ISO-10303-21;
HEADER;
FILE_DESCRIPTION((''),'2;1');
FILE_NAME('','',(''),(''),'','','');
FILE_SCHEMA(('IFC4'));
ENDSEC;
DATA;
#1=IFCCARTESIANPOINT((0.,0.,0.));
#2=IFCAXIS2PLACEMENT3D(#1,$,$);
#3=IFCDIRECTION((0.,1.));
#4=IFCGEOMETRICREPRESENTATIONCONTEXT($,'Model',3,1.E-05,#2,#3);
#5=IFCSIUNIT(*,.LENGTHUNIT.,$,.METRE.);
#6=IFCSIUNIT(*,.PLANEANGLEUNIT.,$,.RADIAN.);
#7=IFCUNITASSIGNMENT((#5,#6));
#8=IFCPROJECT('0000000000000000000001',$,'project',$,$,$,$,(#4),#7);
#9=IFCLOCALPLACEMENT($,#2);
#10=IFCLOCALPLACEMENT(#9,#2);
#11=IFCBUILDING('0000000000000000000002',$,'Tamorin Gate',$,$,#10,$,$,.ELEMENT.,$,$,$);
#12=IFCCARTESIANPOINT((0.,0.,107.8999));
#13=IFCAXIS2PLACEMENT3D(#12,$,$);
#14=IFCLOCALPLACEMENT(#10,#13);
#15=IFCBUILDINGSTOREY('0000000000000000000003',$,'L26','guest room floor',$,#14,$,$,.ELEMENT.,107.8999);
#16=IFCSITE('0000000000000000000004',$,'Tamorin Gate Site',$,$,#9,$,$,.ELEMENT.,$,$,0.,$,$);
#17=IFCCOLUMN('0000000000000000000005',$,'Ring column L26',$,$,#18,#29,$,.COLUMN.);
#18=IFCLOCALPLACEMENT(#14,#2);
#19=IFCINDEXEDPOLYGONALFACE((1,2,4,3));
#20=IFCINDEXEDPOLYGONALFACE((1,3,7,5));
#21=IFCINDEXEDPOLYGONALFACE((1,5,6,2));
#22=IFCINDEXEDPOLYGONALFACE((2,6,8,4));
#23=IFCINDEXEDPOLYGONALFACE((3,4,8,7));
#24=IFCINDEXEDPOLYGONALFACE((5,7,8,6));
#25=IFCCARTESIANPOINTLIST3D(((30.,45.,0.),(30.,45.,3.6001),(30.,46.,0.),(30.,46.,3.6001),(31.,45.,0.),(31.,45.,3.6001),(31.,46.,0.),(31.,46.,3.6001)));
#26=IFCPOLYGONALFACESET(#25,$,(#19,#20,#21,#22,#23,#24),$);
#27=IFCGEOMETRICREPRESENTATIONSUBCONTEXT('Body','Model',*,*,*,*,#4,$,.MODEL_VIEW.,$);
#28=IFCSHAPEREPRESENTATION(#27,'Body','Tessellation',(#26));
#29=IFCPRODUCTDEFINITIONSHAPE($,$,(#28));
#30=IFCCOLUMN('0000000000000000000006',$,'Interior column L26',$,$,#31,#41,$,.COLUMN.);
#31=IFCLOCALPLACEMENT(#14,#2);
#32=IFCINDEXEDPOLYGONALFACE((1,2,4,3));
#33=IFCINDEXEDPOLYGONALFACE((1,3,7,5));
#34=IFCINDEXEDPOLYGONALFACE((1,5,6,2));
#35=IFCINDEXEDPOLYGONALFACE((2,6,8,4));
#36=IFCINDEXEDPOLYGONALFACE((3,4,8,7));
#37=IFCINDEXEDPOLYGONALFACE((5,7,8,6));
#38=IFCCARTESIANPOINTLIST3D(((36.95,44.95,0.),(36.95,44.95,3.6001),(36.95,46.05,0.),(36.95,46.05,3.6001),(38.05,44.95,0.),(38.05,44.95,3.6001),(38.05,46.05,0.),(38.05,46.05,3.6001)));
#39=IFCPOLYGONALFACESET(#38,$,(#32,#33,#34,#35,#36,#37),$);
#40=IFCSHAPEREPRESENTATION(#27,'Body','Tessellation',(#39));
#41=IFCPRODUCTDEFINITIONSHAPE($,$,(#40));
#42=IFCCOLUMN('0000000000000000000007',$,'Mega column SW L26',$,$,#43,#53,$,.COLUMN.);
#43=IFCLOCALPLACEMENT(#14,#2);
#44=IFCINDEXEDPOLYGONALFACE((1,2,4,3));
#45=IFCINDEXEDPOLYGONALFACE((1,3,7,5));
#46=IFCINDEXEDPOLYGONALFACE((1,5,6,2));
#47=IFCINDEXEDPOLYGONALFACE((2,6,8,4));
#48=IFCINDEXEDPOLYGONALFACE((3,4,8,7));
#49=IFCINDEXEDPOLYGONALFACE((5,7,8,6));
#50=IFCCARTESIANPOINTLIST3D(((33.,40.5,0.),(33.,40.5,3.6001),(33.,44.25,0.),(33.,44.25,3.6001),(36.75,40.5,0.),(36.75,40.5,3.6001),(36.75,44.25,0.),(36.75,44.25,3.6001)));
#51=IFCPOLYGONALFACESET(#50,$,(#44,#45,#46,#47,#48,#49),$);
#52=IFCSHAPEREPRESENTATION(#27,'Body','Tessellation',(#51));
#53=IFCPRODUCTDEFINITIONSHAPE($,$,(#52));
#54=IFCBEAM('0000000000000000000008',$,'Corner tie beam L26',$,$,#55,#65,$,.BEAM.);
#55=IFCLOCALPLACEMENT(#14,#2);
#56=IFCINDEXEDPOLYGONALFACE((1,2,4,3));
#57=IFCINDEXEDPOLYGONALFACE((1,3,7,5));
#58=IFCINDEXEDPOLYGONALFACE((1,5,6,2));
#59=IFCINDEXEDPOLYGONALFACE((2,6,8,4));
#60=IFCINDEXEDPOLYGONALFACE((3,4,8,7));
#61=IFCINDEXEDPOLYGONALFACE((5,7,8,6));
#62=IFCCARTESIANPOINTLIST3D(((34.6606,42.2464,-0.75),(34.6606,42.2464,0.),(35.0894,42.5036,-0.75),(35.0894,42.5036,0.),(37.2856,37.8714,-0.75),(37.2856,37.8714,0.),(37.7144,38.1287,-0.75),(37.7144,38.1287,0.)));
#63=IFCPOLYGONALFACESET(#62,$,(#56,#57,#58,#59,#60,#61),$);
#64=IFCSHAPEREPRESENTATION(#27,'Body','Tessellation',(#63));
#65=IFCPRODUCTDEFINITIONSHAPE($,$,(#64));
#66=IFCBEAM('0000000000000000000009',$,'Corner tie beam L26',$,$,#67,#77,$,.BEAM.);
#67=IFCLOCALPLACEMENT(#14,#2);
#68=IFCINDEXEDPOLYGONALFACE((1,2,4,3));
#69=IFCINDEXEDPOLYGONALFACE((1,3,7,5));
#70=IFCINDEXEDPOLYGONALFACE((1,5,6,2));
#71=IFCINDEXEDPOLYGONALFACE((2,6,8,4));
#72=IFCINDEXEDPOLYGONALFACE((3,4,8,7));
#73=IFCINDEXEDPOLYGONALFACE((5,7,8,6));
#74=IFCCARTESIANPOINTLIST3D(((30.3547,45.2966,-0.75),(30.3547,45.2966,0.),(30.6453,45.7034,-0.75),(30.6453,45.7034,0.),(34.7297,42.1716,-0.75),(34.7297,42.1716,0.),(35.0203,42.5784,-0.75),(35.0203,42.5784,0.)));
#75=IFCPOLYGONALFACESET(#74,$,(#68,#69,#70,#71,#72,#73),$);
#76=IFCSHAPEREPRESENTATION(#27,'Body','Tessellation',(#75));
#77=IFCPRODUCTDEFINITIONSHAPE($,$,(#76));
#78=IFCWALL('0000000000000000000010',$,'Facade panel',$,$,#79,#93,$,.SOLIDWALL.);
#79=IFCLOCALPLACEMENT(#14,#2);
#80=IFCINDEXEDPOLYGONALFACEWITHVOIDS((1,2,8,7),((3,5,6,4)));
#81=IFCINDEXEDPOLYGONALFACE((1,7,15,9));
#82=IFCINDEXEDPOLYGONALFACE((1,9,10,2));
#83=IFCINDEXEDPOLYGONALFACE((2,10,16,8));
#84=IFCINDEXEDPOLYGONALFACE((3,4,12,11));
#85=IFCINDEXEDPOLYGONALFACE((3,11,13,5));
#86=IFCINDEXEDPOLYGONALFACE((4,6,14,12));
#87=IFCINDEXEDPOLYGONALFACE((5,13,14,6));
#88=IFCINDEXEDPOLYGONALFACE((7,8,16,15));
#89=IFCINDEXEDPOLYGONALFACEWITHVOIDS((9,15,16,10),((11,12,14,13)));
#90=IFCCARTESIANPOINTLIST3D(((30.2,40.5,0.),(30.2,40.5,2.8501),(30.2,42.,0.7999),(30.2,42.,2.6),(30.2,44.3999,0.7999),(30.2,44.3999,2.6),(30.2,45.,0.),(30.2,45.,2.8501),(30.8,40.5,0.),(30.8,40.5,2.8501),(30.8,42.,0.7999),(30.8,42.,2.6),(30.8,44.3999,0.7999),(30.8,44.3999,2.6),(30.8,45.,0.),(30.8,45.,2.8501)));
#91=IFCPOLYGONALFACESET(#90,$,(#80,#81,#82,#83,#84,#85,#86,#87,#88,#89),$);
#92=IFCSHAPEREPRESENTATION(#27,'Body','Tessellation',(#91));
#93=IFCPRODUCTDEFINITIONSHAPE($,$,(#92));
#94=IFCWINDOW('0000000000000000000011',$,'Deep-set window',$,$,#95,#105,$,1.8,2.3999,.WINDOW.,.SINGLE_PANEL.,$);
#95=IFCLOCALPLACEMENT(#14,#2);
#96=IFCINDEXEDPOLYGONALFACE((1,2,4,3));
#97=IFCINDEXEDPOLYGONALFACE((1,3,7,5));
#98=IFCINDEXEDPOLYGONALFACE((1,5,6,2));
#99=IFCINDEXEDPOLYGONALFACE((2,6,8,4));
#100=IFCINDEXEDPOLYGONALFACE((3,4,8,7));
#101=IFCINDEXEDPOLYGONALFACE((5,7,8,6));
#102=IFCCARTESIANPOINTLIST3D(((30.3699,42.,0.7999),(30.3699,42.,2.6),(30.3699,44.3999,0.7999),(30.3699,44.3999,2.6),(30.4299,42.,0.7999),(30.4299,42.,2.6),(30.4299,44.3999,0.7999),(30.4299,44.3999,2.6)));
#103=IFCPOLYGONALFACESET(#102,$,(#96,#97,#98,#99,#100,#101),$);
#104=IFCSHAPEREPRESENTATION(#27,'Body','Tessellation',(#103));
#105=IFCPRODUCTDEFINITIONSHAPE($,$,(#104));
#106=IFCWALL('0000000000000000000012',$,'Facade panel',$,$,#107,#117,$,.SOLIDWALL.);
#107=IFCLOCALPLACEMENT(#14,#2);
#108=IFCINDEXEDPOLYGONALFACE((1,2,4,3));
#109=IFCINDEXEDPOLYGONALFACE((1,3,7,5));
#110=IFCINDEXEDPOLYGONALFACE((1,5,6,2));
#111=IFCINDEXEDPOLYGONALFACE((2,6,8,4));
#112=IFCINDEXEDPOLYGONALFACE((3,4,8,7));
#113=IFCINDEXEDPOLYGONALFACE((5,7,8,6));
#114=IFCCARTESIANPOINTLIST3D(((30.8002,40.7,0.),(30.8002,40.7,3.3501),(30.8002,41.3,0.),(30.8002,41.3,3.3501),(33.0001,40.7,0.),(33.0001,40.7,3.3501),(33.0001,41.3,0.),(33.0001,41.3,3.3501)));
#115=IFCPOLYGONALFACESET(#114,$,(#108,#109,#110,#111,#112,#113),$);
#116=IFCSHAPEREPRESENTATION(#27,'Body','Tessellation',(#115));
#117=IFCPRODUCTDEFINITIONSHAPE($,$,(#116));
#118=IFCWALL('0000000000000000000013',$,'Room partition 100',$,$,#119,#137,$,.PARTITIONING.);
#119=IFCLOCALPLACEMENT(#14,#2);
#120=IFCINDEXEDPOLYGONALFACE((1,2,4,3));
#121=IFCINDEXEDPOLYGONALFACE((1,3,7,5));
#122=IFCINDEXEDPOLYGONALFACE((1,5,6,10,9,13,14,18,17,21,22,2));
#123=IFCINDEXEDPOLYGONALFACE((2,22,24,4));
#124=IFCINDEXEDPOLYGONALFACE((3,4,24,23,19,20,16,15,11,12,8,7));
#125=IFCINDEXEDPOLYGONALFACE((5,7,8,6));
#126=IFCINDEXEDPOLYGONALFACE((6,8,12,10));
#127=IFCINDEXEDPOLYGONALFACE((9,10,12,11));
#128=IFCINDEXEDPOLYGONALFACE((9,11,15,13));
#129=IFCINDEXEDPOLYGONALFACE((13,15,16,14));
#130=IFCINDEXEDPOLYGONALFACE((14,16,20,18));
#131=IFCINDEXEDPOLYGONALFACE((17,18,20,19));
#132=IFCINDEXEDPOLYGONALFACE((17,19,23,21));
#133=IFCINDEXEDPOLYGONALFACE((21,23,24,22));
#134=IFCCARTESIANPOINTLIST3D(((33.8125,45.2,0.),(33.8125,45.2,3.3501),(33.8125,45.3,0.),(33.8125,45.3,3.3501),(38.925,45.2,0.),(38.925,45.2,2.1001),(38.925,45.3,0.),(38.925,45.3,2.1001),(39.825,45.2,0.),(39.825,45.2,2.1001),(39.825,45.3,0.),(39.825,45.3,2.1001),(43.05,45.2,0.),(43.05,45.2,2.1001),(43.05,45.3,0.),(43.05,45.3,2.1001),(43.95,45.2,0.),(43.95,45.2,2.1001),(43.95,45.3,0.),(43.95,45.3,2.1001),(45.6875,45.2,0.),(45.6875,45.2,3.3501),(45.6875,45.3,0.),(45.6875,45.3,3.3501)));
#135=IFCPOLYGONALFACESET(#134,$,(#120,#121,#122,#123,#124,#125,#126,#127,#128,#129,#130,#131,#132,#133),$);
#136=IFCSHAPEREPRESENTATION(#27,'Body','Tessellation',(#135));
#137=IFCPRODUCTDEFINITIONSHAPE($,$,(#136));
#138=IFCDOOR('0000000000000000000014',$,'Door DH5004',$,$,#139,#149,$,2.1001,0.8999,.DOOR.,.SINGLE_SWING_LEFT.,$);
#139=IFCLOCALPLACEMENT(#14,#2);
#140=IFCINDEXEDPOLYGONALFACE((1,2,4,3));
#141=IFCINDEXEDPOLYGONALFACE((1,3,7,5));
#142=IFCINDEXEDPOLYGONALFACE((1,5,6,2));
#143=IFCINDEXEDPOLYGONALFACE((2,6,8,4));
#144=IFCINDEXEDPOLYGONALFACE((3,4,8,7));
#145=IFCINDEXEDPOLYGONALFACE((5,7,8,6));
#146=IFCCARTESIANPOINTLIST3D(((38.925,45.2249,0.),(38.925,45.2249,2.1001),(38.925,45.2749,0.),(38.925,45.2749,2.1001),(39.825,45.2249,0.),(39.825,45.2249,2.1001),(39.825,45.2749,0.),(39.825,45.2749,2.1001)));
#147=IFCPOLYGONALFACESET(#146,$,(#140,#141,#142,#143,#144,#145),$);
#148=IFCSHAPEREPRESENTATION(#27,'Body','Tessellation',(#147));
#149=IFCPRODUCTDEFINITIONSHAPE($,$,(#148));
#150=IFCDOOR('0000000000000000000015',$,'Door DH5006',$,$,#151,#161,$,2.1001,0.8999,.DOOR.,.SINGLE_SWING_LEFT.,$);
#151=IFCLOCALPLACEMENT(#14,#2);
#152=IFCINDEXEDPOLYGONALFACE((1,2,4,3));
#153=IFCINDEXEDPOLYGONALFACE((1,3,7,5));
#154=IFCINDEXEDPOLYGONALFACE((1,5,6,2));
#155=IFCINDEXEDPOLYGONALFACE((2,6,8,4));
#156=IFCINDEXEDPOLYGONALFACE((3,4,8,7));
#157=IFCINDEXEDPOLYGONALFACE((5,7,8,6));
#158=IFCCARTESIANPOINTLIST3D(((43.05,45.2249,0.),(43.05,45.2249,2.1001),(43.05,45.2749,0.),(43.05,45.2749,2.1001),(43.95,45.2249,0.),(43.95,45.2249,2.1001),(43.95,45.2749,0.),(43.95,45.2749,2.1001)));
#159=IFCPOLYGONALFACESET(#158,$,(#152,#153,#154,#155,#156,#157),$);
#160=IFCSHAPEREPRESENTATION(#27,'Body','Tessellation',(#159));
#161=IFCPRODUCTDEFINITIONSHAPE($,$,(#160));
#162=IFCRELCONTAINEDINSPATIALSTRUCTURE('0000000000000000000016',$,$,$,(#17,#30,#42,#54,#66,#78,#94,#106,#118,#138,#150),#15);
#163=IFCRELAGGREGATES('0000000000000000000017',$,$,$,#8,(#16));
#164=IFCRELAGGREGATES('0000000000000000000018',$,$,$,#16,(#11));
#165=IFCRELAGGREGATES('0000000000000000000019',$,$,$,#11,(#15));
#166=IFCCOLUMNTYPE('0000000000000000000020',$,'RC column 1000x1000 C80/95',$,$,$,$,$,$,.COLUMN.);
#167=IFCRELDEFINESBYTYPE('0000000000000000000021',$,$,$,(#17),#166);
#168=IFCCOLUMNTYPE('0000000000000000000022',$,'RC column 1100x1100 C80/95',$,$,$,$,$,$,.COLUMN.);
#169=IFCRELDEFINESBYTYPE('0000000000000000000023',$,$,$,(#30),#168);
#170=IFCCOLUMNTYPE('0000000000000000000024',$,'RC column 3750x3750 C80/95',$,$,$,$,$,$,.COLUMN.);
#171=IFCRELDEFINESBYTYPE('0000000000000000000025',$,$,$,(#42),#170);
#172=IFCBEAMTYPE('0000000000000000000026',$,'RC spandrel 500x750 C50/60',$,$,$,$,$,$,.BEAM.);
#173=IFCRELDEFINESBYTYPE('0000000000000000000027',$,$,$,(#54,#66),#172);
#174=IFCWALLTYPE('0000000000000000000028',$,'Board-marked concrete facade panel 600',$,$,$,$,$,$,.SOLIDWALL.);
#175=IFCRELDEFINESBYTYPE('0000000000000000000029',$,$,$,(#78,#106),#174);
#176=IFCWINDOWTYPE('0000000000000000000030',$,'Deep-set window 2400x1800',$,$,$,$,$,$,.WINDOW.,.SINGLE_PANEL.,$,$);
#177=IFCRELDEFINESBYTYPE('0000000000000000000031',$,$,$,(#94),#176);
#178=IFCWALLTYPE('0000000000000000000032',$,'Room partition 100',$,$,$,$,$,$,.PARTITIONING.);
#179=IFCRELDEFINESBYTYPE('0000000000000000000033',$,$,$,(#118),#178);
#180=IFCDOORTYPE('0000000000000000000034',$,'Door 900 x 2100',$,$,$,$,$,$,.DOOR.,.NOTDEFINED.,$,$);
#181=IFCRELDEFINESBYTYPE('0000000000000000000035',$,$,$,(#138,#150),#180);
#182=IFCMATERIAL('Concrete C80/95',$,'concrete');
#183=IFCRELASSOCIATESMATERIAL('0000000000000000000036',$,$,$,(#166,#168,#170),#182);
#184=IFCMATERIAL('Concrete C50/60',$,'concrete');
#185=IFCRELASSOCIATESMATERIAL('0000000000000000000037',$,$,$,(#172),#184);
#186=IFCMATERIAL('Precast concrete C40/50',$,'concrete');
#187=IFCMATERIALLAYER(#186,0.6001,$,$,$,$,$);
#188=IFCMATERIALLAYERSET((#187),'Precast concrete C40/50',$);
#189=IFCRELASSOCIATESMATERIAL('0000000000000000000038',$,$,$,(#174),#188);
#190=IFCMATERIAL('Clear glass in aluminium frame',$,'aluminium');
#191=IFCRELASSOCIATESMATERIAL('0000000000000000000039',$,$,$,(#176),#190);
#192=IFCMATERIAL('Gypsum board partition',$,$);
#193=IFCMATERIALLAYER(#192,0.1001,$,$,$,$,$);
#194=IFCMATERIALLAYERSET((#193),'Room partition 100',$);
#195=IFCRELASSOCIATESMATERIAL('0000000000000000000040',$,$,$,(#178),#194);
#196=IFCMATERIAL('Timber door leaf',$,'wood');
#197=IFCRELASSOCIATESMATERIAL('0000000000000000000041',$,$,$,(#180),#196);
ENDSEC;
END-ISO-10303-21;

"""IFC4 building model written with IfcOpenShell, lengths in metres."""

from ifc_helpers import new_model, si_unit, direction, frame, frame_2d, origin, origin_2d, place, context, subcontext, project, spatial, rectangle, extrude, material, layer, layer_set, material_profile, profile_set, type_object, element, fill, save


model = new_model("IFC4")

# Units and contexts
model_context = context("Model", 3, precision=1e-05, world=origin(), true_north=direction((0.0, 1.0)))
body_context = subcontext(model_context, "Body", "Model", "MODEL_VIEW")
ifc_project = project(units=[si_unit("LENGTHUNIT", "METRE"), si_unit("PLANEANGLEUNIT", "RADIAN")], contexts=[model_context])

# Site, building, storey
site_placement = place(None, origin())
site = spatial("IfcSite", under=ifc_project, at=site_placement, Name="Tamorin Gate Site", CompositionType="ELEMENT", RefElevation=0.0)
building_placement = place(site_placement, origin())
building = spatial("IfcBuilding", under=site, at=building_placement, Name="Tamorin Gate", CompositionType="ELEMENT")
storey_placement = place(building_placement, frame((0.0, 0.0, 107.8999)))
storey = spatial("IfcBuildingStorey", under=building, at=storey_placement, Name="L26", Description="guest room floor", CompositionType="ELEMENT", Elevation=107.8999)

# Columns
ifc_material_1 = material(Name="Concrete C80/95", Category="concrete")
ifc_material_profile_1 = material_profile(ifc_material_1, rectangle(XDim=1.0, YDim=1.0, at=origin_2d()), Name="RC 1000x1000")
ifc_profile_set_1 = profile_set([ifc_material_profile_1], Name="Concrete C80/95")
column_type_1 = type_object("IfcColumnType", Name="RC column 1000x1000 C80/95", PredefinedType="COLUMN", material=ifc_profile_set_1)
column_1_placement = place(storey_placement, frame((30.5, 45.5, 0.0), z_axis=(0.0, 0.0, 1.0), x_axis=(1.0, 0.0, 0.0)))
element("IfcColumn", 1, at=column_1_placement, inside=storey, type_object=column_type_1, Name="Ring column L26", PredefinedType="COLUMN", context=body_context, shape_type="SweptSolid", body=[
    extrude(rectangle(XDim=1.0, YDim=1.0, at=origin_2d()), origin(), (0.0, 0.0, 1.0), 3.6001),
])
ifc_material_profile_2 = material_profile(ifc_material_1, rectangle(XDim=1.1001, YDim=1.1001, at=origin_2d()), Name="RC 1100x1100")
ifc_profile_set_2 = profile_set([ifc_material_profile_2], Name="Concrete C80/95")
column_type_2 = type_object("IfcColumnType", Name="RC column 1100x1100 C80/95", PredefinedType="COLUMN", material=ifc_profile_set_2)
column_2_placement = place(storey_placement, frame((37.5, 45.5, 0.0), z_axis=(0.0, 0.0, 1.0), x_axis=(1.0, 0.0, 0.0)))
element("IfcColumn", 2, at=column_2_placement, inside=storey, type_object=column_type_2, Name="Interior column L26", PredefinedType="COLUMN", context=body_context, shape_type="SweptSolid", body=[
    extrude(rectangle(XDim=1.1001, YDim=1.1001, at=origin_2d()), origin(), (0.0, 0.0, 1.0), 3.6001),
])
ifc_material_profile_3 = material_profile(ifc_material_1, rectangle(XDim=3.75, YDim=3.75, at=origin_2d()), Name="RC 3750x3750")
ifc_profile_set_3 = profile_set([ifc_material_profile_3], Name="Concrete C80/95")
column_type_3 = type_object("IfcColumnType", Name="RC column 3750x3750 C80/95", PredefinedType="COLUMN", material=ifc_profile_set_3)
column_3_placement = place(storey_placement, frame((34.875, 42.375, 0.0), z_axis=(0.0, 0.0, 1.0), x_axis=(1.0, 0.0, 0.0)))
element("IfcColumn", 3, at=column_3_placement, inside=storey, type_object=column_type_3, Name="Mega column SW L26", PredefinedType="COLUMN", context=body_context, shape_type="SweptSolid", body=[
    extrude(rectangle(XDim=3.75, YDim=3.75, at=origin_2d()), origin(), (0.0, 0.0, 1.0), 3.6001),
])

# Beams
ifc_material_2 = material(Name="Concrete C50/60", Category="concrete")
ifc_material_profile_4 = material_profile(ifc_material_2, rectangle(XDim=0.5, YDim=0.75, at=origin_2d()), Name="RC 500x750")
ifc_profile_set_4 = profile_set([ifc_material_profile_4], Name="Concrete C50/60")
beam_type = type_object("IfcBeamType", Name="RC spandrel 500x750 C50/60", PredefinedType="BEAM", material=ifc_profile_set_4)
beam_1_placement = place(storey_placement, frame((34.875, 42.375, -0.375), z_axis=(0.514496, -0.857493, 0.0), x_axis=(0.857493, 0.514496, 0.0)))
element("IfcBeam", 4, at=beam_1_placement, inside=storey, type_object=beam_type, Name="Corner tie beam L26", PredefinedType="BEAM", context=body_context, shape_type="SweptSolid", body=[
    extrude(rectangle(XDim=0.5, YDim=0.75, at=origin_2d()), origin(), (0.0, 0.0, 1.0), 5.1021),
])
beam_2_placement = place(storey_placement, frame((34.875, 42.375, -0.375), z_axis=(-0.813733, 0.581238, 0.0), x_axis=(-0.581238, -0.813733, 0.0)))
element("IfcBeam", 5, at=beam_2_placement, inside=storey, type_object=beam_type, Name="Corner tie beam L26", PredefinedType="BEAM", context=body_context, shape_type="SweptSolid", body=[
    extrude(rectangle(XDim=0.5, YDim=0.75, at=origin_2d()), origin(), (0.0, 0.0, 1.0), 5.3765),
])

# Wall, opening, window
ifc_material_3 = material(Name="Precast concrete C40/50", Category="concrete")
ifc_layer_1 = layer(ifc_material_3, 0.6001)
ifc_layer_set_1 = layer_set([ifc_layer_1], Name="Precast concrete C40/50")
wall_type_1 = type_object("IfcWallType", Name="Board-marked concrete facade panel 600", PredefinedType="SOLIDWALL", material=ifc_layer_set_1)
wall_1_placement = place(storey_placement, frame((30.5, 45.0, 0.0), z_axis=(0.0, 0.0, 1.0), x_axis=(0.0, -1.0, 0.0)))
wall_1 = element("IfcWall", 6, at=wall_1_placement, inside=storey, type_object=wall_type_1, Name="Facade panel", PredefinedType="SOLIDWALL", context=body_context, shape_type="SweptSolid", body=[
    extrude(rectangle(XDim=4.5, YDim=0.6001, at=frame_2d((2.25, 0.0))), origin(), (0.0, 0.0, 1.0), 2.8501),
])
opening_1_placement = place(wall_1_placement, frame((0.6001, 0.0, 0.8)))
opening_1 = element("IfcOpeningElement", 7, at=opening_1_placement, cuts=wall_1, PredefinedType="OPENING", context=body_context, shape_type="SweptSolid", body=[
    extrude(rectangle(XDim=2.3999, YDim=1.8, at=frame_2d((1.2, 0.8999))), frame((0.0, 0.3101, 0.0), z_axis=(0.0, -1.0, 0.0), x_axis=(1.0, 0.0, 0.0)), (0.0, 0.0, 1.0), 0.6201),
])
ifc_material_4 = material(Name="Clear glass in aluminium frame", Category="aluminium")
window_type = type_object("IfcWindowType", Name="Deep-set window 2400x1800", PartitioningType="SINGLE_PANEL", PredefinedType="WINDOW", material=ifc_material_4)
window_placement = place(opening_1_placement, origin())
window = element("IfcWindow", 8, at=window_placement, inside=storey, type_object=window_type, Name="Deep-set window", OverallHeight=1.8, OverallWidth=2.3999, PartitioningType="SINGLE_PANEL", PredefinedType="WINDOW", context=body_context, shape_type="SweptSolid", body=[
    extrude(rectangle(XDim=2.3999, YDim=1.8, at=frame_2d((1.2, 0.8999))), frame((0.0, -0.0701, 0.0), z_axis=(0.0, -1.0, 0.0), x_axis=(1.0, 0.0, 0.0)), (0.0, 0.0, 1.0), 0.0601),
])
fill(opening_1, window)

# Wall
wall_2_placement = place(storey_placement, frame((30.8, 41.0, 0.0), z_axis=(0.0, 0.0, 1.0), x_axis=(1.0, 0.0, 0.0)))
element("IfcWall", 9, at=wall_2_placement, inside=storey, type_object=wall_type_1, Name="Facade panel", PredefinedType="SOLIDWALL", context=body_context, shape_type="SweptSolid", body=[
    extrude(rectangle(XDim=2.2, YDim=0.6001, at=frame_2d((1.1001, 0.0))), origin(), (0.0, 0.0, 1.0), 3.3501),
])

# Wall, openings, doors
ifc_material_5 = material(Name="Gypsum board partition")
ifc_layer_2 = layer(ifc_material_5, 0.1001)
ifc_layer_set_2 = layer_set([ifc_layer_2], Name="Room partition 100")
wall_type_2 = type_object("IfcWallType", Name="Room partition 100", PredefinedType="PARTITIONING", material=ifc_layer_set_2)
wall_3_placement = place(storey_placement, frame((33.8125, 45.25, 0.0), z_axis=(0.0, 0.0, 1.0), x_axis=(1.0, 0.0, 0.0)))
wall_3 = element("IfcWall", 10, at=wall_3_placement, inside=storey, type_object=wall_type_2, Name="Room partition 100", PredefinedType="PARTITIONING", context=body_context, shape_type="SweptSolid", body=[
    extrude(rectangle(XDim=11.875, YDim=0.1001, at=frame_2d((5.9375, 0.0))), origin(), (0.0, 0.0, 1.0), 3.3501),
])
opening_2_placement = place(wall_3_placement, frame((5.1125, 0.0, 0.0)))
opening_2 = element("IfcOpeningElement", 11, at=opening_2_placement, cuts=wall_3, PredefinedType="OPENING", context=body_context, shape_type="SweptSolid", body=[
    extrude(rectangle(XDim=0.8999, YDim=2.1001, at=frame_2d((0.45, 1.05))), frame((0.0, 0.0601, 0.0), z_axis=(0.0, -1.0, 0.0), x_axis=(1.0, 0.0, 0.0)), (0.0, 0.0, 1.0), 0.1201),
])
opening_3_placement = place(wall_3_placement, frame((9.2375, 0.0, 0.0)))
opening_3 = element("IfcOpeningElement", 12, at=opening_3_placement, cuts=wall_3, PredefinedType="OPENING", context=body_context, shape_type="SweptSolid", body=[
    extrude(rectangle(XDim=0.8999, YDim=2.1001, at=frame_2d((0.45, 1.05))), frame((0.0, 0.0601, 0.0), z_axis=(0.0, -1.0, 0.0), x_axis=(1.0, 0.0, 0.0)), (0.0, 0.0, 1.0), 0.1201),
])
ifc_material_6 = material(Name="Timber door leaf", Category="wood")
door_type = type_object("IfcDoorType", Name="Door 900 x 2100", OperationType="NOTDEFINED", PredefinedType="DOOR", material=ifc_material_6)
door_1_placement = place(opening_2_placement, origin())
door_1 = element("IfcDoor", 13, at=door_1_placement, inside=storey, type_object=door_type, Name="Door DH5004", OperationType="SINGLE_SWING_LEFT", OverallHeight=2.1001, OverallWidth=0.8999, PredefinedType="DOOR", context=body_context, shape_type="SweptSolid", body=[
    extrude(rectangle(XDim=0.8999, YDim=2.1001, at=frame_2d((0.45, 1.05))), frame((0.0, 0.0249, 0.0), z_axis=(0.0, -1.0, 0.0), x_axis=(1.0, 0.0, 0.0)), (0.0, 0.0, 1.0), 0.05),
])
fill(opening_2, door_1)
door_2_placement = place(opening_3_placement, origin())
door_2 = element("IfcDoor", 14, at=door_2_placement, inside=storey, type_object=door_type, Name="Door DH5006", OperationType="SINGLE_SWING_LEFT", OverallHeight=2.1001, OverallWidth=0.8999, PredefinedType="DOOR", context=body_context, shape_type="SweptSolid", body=[
    extrude(rectangle(XDim=0.8999, YDim=2.1001, at=frame_2d((0.45, 1.05))), frame((0.0, 0.0249, 0.0), z_axis=(0.0, -1.0, 0.0), x_axis=(1.0, 0.0, 0.0)), (0.0, 0.0, 1.0), 0.05),
])
fill(opening_3, door_2)

save(model, "model.ifc")
